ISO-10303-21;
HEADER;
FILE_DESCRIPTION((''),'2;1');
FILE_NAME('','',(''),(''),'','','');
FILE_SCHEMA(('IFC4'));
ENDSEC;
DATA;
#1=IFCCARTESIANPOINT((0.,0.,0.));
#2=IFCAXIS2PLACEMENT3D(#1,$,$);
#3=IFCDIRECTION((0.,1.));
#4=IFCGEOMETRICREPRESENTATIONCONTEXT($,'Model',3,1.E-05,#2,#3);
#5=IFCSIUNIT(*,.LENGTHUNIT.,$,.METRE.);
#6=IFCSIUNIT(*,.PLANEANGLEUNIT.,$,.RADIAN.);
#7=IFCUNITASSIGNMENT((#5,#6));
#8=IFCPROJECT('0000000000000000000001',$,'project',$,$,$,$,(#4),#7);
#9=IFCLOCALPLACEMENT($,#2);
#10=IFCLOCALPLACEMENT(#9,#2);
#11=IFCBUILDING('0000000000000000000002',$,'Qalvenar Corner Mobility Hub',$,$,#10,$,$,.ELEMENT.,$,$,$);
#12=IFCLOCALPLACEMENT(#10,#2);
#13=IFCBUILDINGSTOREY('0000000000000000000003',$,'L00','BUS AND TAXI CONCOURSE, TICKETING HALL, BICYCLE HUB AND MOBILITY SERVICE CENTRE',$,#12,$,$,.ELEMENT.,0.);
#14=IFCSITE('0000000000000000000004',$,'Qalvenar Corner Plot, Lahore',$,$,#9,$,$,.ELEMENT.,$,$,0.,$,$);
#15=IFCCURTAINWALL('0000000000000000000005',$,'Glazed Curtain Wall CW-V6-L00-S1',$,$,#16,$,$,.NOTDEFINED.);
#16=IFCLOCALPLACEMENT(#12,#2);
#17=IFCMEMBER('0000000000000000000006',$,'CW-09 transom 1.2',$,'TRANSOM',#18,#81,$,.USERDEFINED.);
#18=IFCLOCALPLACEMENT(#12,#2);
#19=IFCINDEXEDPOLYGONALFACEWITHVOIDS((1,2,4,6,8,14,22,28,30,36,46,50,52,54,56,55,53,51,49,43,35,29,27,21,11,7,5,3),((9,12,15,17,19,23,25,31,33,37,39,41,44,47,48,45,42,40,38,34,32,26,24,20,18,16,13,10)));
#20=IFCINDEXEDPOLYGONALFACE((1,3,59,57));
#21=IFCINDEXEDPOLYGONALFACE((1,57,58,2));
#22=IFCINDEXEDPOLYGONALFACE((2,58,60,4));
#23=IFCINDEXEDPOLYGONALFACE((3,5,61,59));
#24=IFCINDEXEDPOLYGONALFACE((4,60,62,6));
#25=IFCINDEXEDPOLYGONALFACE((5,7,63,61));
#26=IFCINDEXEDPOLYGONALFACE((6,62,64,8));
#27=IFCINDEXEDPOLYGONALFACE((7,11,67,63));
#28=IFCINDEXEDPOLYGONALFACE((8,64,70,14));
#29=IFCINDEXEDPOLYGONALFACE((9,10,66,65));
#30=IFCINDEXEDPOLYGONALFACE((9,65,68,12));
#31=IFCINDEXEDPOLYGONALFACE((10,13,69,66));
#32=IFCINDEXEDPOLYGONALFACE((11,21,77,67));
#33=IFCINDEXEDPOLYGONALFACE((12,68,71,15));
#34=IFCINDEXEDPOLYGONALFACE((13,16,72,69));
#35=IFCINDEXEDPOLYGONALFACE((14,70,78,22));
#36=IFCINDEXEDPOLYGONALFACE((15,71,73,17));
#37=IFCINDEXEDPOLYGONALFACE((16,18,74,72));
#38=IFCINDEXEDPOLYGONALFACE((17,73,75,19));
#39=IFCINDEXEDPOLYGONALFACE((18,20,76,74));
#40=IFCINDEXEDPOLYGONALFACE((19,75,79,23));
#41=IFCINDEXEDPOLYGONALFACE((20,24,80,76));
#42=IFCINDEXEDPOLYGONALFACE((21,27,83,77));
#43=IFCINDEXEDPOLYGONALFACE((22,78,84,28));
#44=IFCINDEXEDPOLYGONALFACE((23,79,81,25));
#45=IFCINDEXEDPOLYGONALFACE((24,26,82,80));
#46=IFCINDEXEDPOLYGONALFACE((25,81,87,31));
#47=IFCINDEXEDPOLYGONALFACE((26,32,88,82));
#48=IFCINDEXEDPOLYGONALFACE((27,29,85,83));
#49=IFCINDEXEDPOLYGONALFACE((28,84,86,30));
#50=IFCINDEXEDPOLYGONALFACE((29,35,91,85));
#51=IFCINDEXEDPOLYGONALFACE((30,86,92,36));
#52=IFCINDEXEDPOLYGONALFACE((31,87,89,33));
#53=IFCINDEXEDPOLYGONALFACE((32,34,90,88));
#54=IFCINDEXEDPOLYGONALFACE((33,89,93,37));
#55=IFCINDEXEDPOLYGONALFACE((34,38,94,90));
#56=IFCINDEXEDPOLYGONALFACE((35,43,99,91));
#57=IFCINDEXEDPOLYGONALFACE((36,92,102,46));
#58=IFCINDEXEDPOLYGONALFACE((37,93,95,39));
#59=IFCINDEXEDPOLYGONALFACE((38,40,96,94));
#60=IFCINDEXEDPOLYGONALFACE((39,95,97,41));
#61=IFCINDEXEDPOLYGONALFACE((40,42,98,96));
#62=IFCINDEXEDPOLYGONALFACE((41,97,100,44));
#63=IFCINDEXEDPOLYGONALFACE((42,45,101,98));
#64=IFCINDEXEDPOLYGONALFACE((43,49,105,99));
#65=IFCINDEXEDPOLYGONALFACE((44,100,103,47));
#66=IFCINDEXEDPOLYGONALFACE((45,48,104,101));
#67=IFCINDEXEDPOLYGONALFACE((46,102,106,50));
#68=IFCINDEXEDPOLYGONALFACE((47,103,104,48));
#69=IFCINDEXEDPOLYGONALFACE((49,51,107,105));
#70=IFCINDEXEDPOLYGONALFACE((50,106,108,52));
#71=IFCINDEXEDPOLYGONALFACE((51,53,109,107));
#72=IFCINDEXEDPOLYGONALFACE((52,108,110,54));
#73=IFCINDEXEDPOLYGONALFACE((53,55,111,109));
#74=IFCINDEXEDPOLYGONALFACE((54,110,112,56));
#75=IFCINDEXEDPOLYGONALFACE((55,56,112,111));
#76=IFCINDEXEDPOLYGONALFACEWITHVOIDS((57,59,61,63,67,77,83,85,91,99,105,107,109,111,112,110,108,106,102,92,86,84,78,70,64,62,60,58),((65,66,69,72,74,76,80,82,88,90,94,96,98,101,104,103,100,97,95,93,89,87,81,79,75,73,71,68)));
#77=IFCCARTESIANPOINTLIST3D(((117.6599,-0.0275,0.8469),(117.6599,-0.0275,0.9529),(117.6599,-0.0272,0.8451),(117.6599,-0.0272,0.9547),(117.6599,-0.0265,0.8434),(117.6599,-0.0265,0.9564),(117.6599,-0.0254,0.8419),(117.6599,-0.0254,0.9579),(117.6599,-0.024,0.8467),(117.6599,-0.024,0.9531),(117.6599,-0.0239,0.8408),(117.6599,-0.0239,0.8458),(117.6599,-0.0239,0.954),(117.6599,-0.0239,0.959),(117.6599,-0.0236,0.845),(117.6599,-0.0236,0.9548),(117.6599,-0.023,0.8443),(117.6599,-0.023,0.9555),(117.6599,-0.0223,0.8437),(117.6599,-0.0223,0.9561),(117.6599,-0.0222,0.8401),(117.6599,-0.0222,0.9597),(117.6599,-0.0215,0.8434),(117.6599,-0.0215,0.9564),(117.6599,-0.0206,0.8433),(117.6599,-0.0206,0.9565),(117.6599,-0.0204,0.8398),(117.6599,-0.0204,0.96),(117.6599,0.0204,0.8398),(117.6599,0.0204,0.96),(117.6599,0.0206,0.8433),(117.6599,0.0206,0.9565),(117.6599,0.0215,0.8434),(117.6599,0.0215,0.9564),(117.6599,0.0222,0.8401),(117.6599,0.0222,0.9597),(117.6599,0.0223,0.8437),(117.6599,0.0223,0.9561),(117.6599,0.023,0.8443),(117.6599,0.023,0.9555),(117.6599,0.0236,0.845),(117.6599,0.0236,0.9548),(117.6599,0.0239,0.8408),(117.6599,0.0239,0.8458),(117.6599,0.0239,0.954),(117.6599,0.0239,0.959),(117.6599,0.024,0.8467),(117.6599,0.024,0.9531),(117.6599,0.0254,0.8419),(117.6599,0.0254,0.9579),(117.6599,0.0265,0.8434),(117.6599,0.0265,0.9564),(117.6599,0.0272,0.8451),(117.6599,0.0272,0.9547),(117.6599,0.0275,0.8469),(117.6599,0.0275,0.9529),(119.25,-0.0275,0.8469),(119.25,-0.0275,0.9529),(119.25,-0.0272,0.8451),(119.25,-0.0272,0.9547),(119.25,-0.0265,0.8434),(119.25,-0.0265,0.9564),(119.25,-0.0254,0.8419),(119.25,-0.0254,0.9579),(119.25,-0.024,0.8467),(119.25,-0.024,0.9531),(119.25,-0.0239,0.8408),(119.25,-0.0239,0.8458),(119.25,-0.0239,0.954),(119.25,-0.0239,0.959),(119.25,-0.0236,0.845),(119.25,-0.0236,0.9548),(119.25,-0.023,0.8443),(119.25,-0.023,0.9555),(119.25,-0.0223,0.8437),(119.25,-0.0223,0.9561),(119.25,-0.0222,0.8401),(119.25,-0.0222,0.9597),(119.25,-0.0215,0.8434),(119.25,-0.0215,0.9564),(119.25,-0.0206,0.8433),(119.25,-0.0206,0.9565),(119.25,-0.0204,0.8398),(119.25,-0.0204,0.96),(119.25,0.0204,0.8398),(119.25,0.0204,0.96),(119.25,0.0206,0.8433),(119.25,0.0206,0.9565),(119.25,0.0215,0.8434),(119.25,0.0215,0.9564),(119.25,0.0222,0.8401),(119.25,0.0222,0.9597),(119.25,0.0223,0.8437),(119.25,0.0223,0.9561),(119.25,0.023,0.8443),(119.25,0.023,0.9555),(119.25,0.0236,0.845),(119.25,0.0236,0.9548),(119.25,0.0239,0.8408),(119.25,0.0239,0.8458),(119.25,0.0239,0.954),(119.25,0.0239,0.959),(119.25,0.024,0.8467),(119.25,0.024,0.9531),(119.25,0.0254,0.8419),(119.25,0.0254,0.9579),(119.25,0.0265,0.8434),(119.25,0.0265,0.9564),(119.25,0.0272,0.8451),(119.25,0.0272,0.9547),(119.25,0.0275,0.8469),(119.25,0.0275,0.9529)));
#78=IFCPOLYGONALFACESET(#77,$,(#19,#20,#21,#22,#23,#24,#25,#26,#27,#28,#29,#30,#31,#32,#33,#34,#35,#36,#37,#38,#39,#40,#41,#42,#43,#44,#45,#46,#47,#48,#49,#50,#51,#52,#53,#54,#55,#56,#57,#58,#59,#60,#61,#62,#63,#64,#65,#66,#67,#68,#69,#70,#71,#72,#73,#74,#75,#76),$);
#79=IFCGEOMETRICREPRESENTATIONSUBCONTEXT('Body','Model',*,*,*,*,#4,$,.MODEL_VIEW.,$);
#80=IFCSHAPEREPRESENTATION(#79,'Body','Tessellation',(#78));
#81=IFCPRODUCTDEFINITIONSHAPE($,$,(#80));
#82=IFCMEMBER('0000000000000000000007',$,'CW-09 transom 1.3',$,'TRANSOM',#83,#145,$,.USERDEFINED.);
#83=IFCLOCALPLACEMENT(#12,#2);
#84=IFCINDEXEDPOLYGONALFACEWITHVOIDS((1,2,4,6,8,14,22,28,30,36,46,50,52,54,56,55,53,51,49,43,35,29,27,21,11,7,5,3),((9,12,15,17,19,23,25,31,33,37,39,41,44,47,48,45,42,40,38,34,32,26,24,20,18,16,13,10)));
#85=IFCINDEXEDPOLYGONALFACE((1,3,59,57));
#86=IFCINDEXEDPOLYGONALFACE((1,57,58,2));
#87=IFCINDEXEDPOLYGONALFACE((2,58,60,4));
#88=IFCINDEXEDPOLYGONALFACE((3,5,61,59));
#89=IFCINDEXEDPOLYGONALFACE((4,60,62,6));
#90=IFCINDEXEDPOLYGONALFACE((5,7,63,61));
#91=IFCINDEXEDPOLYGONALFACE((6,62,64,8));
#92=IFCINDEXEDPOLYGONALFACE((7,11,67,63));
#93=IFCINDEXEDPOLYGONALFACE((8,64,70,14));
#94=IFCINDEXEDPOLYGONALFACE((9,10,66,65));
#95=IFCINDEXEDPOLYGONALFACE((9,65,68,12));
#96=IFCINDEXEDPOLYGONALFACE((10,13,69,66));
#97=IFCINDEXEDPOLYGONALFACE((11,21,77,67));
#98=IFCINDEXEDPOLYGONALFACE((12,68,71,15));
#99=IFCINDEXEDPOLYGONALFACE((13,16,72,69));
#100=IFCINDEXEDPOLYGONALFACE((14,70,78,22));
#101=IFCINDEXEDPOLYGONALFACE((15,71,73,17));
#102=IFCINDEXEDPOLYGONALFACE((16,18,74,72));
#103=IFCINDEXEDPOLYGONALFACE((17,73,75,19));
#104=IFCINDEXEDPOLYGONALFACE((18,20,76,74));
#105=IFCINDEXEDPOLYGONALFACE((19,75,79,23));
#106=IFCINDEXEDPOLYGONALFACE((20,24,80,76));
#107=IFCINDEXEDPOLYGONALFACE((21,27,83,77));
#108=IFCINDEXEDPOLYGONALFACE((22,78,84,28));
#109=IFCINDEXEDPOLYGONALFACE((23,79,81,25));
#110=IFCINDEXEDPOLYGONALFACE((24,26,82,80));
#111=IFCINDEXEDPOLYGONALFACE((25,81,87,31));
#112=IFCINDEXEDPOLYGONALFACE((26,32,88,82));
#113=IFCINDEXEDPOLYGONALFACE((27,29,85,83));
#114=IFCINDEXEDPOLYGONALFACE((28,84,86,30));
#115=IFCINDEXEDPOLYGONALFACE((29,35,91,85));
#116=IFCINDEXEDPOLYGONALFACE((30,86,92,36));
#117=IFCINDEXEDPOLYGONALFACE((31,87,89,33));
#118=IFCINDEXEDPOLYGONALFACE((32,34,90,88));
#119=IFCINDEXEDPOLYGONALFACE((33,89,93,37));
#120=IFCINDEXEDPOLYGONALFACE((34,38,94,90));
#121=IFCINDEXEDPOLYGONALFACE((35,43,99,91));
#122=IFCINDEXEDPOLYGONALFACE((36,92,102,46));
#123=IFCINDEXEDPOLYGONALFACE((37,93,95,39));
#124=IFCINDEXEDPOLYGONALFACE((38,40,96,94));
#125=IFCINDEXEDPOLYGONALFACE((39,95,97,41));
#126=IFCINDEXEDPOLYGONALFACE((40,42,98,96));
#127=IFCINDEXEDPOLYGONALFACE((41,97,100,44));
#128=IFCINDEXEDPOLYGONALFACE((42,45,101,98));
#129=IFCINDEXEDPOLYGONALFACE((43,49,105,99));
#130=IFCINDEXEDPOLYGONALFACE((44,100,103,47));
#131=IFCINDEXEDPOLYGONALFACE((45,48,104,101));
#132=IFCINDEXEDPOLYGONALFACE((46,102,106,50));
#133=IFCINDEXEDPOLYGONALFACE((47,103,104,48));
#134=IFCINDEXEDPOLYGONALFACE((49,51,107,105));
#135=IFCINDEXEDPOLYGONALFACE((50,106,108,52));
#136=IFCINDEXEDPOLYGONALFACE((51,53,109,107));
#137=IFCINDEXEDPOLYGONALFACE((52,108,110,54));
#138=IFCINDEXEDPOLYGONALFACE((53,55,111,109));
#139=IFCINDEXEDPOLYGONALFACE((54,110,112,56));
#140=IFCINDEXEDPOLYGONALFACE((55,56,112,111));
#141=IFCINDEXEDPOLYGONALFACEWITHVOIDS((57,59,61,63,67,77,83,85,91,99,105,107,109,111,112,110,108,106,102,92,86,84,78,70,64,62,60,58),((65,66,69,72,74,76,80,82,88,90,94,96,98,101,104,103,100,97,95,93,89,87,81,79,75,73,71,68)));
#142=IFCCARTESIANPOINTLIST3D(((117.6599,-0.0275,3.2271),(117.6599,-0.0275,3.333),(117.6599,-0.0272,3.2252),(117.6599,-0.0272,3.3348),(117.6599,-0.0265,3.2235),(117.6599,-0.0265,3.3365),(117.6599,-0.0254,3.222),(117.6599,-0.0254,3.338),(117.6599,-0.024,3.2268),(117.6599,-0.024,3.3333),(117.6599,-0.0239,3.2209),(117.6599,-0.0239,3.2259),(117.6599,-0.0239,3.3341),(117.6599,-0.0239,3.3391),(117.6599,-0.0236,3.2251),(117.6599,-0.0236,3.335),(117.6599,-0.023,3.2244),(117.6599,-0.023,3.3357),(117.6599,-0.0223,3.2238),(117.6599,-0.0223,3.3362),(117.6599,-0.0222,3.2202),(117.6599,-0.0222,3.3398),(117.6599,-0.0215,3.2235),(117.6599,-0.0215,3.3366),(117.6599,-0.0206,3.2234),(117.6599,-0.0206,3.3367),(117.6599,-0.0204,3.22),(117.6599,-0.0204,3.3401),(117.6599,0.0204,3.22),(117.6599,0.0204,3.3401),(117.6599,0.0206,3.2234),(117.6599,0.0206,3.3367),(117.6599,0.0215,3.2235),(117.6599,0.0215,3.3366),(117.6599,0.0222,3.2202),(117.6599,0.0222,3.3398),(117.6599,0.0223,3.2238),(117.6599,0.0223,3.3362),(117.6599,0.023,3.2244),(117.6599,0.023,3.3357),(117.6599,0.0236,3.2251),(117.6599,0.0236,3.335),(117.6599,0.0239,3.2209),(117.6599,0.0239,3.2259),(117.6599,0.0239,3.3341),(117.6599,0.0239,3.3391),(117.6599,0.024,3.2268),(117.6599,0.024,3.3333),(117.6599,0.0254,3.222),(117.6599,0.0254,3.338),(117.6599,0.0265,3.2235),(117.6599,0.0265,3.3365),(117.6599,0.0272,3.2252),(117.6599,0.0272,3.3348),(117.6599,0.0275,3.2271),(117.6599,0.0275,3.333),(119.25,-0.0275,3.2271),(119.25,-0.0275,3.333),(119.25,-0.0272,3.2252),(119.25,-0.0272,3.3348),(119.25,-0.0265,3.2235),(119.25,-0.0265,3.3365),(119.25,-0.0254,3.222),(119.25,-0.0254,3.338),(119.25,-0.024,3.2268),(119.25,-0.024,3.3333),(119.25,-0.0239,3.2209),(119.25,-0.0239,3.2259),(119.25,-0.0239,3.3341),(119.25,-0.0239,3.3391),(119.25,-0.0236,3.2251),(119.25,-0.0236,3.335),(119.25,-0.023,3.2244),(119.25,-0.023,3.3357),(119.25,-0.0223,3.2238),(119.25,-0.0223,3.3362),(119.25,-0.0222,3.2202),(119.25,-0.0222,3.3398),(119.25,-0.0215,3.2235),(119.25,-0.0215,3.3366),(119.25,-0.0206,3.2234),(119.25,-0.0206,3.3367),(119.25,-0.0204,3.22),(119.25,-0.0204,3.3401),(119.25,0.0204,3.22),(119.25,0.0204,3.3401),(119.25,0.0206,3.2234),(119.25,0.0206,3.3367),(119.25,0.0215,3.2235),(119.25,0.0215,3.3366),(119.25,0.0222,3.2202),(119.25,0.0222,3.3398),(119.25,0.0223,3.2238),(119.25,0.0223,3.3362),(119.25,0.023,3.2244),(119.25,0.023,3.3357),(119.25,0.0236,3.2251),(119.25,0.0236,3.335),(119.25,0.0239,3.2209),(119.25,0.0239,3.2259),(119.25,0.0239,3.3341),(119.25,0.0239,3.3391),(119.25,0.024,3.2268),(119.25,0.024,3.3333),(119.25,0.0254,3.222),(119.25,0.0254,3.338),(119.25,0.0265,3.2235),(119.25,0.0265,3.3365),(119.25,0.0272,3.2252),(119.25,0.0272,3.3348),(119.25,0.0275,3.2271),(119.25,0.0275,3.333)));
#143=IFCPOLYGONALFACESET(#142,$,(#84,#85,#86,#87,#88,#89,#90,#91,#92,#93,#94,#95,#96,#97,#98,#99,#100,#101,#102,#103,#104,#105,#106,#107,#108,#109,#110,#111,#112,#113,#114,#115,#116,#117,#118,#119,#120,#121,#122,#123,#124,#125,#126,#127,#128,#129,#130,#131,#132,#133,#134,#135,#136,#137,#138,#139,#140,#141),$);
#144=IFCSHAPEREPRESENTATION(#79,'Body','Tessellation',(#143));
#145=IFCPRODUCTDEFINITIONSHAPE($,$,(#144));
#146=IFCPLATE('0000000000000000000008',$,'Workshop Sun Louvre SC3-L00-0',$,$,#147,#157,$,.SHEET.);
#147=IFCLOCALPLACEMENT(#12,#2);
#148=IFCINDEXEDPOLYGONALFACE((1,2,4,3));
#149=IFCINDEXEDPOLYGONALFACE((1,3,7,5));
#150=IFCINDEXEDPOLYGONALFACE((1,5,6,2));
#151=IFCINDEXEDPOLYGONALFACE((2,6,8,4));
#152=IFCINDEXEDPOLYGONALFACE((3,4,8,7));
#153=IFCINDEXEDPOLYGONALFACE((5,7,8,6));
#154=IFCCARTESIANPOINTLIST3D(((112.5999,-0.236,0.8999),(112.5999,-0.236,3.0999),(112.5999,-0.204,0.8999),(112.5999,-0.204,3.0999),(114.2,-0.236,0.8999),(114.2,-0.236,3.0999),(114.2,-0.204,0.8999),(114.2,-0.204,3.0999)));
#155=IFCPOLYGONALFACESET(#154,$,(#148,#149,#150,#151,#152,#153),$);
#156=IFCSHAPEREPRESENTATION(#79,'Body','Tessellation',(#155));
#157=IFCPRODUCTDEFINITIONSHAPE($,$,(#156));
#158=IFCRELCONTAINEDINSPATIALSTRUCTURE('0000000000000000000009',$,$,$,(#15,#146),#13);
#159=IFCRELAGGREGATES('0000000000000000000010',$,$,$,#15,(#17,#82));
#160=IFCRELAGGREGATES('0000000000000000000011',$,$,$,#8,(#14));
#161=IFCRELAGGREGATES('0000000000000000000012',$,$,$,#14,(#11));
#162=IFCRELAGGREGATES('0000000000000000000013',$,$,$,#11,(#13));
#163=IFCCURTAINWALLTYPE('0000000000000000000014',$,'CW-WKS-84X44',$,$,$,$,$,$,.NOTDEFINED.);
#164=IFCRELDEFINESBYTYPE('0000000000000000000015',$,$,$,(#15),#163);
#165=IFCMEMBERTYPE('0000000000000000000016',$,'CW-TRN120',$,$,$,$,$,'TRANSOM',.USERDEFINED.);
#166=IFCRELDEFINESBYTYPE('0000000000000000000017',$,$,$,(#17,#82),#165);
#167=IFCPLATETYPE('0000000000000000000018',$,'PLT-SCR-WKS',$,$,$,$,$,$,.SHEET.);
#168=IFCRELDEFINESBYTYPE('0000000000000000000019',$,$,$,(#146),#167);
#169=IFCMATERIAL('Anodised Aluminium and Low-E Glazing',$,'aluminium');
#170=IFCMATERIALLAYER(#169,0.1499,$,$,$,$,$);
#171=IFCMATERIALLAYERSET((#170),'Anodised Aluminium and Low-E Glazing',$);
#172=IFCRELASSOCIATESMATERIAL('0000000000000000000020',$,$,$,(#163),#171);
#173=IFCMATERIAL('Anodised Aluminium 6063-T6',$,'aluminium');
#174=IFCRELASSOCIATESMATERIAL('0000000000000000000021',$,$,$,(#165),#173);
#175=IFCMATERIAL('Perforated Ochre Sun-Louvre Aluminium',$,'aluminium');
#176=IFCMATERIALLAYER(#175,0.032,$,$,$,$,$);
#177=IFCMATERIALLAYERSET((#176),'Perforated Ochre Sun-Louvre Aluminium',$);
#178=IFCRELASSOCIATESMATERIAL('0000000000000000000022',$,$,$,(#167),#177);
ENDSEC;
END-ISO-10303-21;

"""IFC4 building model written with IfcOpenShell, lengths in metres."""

from ifc_helpers import new_model, si_unit, direction, frame, origin, origin_2d, place, context, subcontext, project, spatial, rectangle, hollow_rectangle, extrude, material, layer, layer_set, material_profile, profile_set, type_object, element, aggregate, save


model = new_model("IFC4")

# Units and contexts
model_context = context("Model", 3, precision=1e-05, world=origin(), true_north=direction((0.0, 1.0)))
body_context = subcontext(model_context, "Body", "Model", "MODEL_VIEW")
ifc_project = project(units=[si_unit("LENGTHUNIT", "METRE"), si_unit("PLANEANGLEUNIT", "RADIAN")], contexts=[model_context])

# Site, building, storey
site_placement = place(None, origin())
site = spatial("IfcSite", under=ifc_project, at=site_placement, Name="Qalvenar Corner Plot, Lahore", CompositionType="ELEMENT", RefElevation=0.0)
building_placement = place(site_placement, origin())
building = spatial("IfcBuilding", under=site, at=building_placement, Name="Qalvenar Corner Mobility Hub", CompositionType="ELEMENT")
storey_placement = place(building_placement, origin())
storey = spatial("IfcBuildingStorey", under=building, at=storey_placement, Name="L00", Description="BUS AND TAXI CONCOURSE, TICKETING HALL, BICYCLE HUB AND MOBILITY SERVICE CENTRE", CompositionType="ELEMENT", Elevation=0.0)

# Curtain wall, members
ifc_material_1 = material(Name="Anodised Aluminium and Low-E Glazing", Category="aluminium")
ifc_layer_1 = layer(ifc_material_1, 0.1499)
ifc_layer_set_1 = layer_set([ifc_layer_1], Name="Anodised Aluminium and Low-E Glazing")
curtain_wall_type = type_object("IfcCurtainWallType", Name="CW-WKS-84X44", PredefinedType="NOTDEFINED", material=ifc_layer_set_1)
curtain_wall_placement = place(storey_placement, origin())
curtain_wall = element("IfcCurtainWall", 1, at=curtain_wall_placement, inside=storey, type_object=curtain_wall_type, Name="Glazed Curtain Wall CW-V6-L00-S1", PredefinedType="NOTDEFINED")
ifc_material_2 = material(Name="Anodised Aluminium 6063-T6", Category="aluminium")
ifc_material_profile_1 = material_profile(ifc_material_2, hollow_rectangle(XDim=0.0549, YDim=0.1201, WallThickness=0.0034, InnerFilletRadius=0.0034, OuterFilletRadius=0.0071, at=origin_2d()), Name="RHS120x55x3.5")
ifc_profile_set_1 = profile_set([ifc_material_profile_1], Name="Anodised Aluminium 6063-T6")
member_type_1 = type_object("IfcMemberType", Name="CW-TRN120", ElementType="TRANSOM", PredefinedType="USERDEFINED", material=ifc_profile_set_1)
member_1_placement = place(storey_placement, frame((117.6599, 0.0, 0.8999), z_axis=(1.0, 0.0, 0.0), x_axis=(0.0, 1.0, 0.0)))
member_1 = element("IfcMember", 2, at=member_1_placement, type_object=member_type_1, Name="CW-09 transom 1.2", ObjectType="TRANSOM", PredefinedType="USERDEFINED", context=body_context, shape_type="SweptSolid", body=[
    extrude(hollow_rectangle(XDim=0.0549, YDim=0.1201, WallThickness=0.0034, InnerFilletRadius=0.0034, OuterFilletRadius=0.0071, at=origin_2d()), origin(), (0.0, 0.0, 1.0), 1.5901),
])
member_2_placement = place(storey_placement, frame((117.6599, 0.0, 3.28), z_axis=(1.0, 0.0, 0.0), x_axis=(0.0, 1.0, 0.0)))
member_2 = element("IfcMember", 3, at=member_2_placement, type_object=member_type_1, Name="CW-09 transom 1.3", ObjectType="TRANSOM", PredefinedType="USERDEFINED", context=body_context, shape_type="SweptSolid", body=[
    extrude(hollow_rectangle(XDim=0.0549, YDim=0.1201, WallThickness=0.0034, InnerFilletRadius=0.0034, OuterFilletRadius=0.0071, at=origin_2d()), origin(), (0.0, 0.0, 1.0), 1.5901),
])
aggregate(curtain_wall, [member_1, member_2])

# Plate
ifc_material_3 = material(Name="Perforated Ochre Sun-Louvre Aluminium", Category="aluminium")
ifc_layer_2 = layer(ifc_material_3, 0.032)
ifc_layer_set_2 = layer_set([ifc_layer_2], Name="Perforated Ochre Sun-Louvre Aluminium")
plate_type = type_object("IfcPlateType", Name="PLT-SCR-WKS", PredefinedType="SHEET", material=ifc_layer_set_2)
plate_placement = place(storey_placement, frame((113.3999, -0.22, 0.8999), z_axis=(0.0, 0.0, 1.0), x_axis=(1.0, 0.0, 0.0)))
element("IfcPlate", 4, at=plate_placement, inside=storey, type_object=plate_type, Name="Workshop Sun Louvre SC3-L00-0", PredefinedType="SHEET", context=body_context, shape_type="SweptSolid", body=[
    extrude(rectangle(XDim=1.6001, YDim=0.032, at=origin_2d()), origin(), (0.0, 0.0, 1.0), 2.2),
])

save(model, "model.ifc")
